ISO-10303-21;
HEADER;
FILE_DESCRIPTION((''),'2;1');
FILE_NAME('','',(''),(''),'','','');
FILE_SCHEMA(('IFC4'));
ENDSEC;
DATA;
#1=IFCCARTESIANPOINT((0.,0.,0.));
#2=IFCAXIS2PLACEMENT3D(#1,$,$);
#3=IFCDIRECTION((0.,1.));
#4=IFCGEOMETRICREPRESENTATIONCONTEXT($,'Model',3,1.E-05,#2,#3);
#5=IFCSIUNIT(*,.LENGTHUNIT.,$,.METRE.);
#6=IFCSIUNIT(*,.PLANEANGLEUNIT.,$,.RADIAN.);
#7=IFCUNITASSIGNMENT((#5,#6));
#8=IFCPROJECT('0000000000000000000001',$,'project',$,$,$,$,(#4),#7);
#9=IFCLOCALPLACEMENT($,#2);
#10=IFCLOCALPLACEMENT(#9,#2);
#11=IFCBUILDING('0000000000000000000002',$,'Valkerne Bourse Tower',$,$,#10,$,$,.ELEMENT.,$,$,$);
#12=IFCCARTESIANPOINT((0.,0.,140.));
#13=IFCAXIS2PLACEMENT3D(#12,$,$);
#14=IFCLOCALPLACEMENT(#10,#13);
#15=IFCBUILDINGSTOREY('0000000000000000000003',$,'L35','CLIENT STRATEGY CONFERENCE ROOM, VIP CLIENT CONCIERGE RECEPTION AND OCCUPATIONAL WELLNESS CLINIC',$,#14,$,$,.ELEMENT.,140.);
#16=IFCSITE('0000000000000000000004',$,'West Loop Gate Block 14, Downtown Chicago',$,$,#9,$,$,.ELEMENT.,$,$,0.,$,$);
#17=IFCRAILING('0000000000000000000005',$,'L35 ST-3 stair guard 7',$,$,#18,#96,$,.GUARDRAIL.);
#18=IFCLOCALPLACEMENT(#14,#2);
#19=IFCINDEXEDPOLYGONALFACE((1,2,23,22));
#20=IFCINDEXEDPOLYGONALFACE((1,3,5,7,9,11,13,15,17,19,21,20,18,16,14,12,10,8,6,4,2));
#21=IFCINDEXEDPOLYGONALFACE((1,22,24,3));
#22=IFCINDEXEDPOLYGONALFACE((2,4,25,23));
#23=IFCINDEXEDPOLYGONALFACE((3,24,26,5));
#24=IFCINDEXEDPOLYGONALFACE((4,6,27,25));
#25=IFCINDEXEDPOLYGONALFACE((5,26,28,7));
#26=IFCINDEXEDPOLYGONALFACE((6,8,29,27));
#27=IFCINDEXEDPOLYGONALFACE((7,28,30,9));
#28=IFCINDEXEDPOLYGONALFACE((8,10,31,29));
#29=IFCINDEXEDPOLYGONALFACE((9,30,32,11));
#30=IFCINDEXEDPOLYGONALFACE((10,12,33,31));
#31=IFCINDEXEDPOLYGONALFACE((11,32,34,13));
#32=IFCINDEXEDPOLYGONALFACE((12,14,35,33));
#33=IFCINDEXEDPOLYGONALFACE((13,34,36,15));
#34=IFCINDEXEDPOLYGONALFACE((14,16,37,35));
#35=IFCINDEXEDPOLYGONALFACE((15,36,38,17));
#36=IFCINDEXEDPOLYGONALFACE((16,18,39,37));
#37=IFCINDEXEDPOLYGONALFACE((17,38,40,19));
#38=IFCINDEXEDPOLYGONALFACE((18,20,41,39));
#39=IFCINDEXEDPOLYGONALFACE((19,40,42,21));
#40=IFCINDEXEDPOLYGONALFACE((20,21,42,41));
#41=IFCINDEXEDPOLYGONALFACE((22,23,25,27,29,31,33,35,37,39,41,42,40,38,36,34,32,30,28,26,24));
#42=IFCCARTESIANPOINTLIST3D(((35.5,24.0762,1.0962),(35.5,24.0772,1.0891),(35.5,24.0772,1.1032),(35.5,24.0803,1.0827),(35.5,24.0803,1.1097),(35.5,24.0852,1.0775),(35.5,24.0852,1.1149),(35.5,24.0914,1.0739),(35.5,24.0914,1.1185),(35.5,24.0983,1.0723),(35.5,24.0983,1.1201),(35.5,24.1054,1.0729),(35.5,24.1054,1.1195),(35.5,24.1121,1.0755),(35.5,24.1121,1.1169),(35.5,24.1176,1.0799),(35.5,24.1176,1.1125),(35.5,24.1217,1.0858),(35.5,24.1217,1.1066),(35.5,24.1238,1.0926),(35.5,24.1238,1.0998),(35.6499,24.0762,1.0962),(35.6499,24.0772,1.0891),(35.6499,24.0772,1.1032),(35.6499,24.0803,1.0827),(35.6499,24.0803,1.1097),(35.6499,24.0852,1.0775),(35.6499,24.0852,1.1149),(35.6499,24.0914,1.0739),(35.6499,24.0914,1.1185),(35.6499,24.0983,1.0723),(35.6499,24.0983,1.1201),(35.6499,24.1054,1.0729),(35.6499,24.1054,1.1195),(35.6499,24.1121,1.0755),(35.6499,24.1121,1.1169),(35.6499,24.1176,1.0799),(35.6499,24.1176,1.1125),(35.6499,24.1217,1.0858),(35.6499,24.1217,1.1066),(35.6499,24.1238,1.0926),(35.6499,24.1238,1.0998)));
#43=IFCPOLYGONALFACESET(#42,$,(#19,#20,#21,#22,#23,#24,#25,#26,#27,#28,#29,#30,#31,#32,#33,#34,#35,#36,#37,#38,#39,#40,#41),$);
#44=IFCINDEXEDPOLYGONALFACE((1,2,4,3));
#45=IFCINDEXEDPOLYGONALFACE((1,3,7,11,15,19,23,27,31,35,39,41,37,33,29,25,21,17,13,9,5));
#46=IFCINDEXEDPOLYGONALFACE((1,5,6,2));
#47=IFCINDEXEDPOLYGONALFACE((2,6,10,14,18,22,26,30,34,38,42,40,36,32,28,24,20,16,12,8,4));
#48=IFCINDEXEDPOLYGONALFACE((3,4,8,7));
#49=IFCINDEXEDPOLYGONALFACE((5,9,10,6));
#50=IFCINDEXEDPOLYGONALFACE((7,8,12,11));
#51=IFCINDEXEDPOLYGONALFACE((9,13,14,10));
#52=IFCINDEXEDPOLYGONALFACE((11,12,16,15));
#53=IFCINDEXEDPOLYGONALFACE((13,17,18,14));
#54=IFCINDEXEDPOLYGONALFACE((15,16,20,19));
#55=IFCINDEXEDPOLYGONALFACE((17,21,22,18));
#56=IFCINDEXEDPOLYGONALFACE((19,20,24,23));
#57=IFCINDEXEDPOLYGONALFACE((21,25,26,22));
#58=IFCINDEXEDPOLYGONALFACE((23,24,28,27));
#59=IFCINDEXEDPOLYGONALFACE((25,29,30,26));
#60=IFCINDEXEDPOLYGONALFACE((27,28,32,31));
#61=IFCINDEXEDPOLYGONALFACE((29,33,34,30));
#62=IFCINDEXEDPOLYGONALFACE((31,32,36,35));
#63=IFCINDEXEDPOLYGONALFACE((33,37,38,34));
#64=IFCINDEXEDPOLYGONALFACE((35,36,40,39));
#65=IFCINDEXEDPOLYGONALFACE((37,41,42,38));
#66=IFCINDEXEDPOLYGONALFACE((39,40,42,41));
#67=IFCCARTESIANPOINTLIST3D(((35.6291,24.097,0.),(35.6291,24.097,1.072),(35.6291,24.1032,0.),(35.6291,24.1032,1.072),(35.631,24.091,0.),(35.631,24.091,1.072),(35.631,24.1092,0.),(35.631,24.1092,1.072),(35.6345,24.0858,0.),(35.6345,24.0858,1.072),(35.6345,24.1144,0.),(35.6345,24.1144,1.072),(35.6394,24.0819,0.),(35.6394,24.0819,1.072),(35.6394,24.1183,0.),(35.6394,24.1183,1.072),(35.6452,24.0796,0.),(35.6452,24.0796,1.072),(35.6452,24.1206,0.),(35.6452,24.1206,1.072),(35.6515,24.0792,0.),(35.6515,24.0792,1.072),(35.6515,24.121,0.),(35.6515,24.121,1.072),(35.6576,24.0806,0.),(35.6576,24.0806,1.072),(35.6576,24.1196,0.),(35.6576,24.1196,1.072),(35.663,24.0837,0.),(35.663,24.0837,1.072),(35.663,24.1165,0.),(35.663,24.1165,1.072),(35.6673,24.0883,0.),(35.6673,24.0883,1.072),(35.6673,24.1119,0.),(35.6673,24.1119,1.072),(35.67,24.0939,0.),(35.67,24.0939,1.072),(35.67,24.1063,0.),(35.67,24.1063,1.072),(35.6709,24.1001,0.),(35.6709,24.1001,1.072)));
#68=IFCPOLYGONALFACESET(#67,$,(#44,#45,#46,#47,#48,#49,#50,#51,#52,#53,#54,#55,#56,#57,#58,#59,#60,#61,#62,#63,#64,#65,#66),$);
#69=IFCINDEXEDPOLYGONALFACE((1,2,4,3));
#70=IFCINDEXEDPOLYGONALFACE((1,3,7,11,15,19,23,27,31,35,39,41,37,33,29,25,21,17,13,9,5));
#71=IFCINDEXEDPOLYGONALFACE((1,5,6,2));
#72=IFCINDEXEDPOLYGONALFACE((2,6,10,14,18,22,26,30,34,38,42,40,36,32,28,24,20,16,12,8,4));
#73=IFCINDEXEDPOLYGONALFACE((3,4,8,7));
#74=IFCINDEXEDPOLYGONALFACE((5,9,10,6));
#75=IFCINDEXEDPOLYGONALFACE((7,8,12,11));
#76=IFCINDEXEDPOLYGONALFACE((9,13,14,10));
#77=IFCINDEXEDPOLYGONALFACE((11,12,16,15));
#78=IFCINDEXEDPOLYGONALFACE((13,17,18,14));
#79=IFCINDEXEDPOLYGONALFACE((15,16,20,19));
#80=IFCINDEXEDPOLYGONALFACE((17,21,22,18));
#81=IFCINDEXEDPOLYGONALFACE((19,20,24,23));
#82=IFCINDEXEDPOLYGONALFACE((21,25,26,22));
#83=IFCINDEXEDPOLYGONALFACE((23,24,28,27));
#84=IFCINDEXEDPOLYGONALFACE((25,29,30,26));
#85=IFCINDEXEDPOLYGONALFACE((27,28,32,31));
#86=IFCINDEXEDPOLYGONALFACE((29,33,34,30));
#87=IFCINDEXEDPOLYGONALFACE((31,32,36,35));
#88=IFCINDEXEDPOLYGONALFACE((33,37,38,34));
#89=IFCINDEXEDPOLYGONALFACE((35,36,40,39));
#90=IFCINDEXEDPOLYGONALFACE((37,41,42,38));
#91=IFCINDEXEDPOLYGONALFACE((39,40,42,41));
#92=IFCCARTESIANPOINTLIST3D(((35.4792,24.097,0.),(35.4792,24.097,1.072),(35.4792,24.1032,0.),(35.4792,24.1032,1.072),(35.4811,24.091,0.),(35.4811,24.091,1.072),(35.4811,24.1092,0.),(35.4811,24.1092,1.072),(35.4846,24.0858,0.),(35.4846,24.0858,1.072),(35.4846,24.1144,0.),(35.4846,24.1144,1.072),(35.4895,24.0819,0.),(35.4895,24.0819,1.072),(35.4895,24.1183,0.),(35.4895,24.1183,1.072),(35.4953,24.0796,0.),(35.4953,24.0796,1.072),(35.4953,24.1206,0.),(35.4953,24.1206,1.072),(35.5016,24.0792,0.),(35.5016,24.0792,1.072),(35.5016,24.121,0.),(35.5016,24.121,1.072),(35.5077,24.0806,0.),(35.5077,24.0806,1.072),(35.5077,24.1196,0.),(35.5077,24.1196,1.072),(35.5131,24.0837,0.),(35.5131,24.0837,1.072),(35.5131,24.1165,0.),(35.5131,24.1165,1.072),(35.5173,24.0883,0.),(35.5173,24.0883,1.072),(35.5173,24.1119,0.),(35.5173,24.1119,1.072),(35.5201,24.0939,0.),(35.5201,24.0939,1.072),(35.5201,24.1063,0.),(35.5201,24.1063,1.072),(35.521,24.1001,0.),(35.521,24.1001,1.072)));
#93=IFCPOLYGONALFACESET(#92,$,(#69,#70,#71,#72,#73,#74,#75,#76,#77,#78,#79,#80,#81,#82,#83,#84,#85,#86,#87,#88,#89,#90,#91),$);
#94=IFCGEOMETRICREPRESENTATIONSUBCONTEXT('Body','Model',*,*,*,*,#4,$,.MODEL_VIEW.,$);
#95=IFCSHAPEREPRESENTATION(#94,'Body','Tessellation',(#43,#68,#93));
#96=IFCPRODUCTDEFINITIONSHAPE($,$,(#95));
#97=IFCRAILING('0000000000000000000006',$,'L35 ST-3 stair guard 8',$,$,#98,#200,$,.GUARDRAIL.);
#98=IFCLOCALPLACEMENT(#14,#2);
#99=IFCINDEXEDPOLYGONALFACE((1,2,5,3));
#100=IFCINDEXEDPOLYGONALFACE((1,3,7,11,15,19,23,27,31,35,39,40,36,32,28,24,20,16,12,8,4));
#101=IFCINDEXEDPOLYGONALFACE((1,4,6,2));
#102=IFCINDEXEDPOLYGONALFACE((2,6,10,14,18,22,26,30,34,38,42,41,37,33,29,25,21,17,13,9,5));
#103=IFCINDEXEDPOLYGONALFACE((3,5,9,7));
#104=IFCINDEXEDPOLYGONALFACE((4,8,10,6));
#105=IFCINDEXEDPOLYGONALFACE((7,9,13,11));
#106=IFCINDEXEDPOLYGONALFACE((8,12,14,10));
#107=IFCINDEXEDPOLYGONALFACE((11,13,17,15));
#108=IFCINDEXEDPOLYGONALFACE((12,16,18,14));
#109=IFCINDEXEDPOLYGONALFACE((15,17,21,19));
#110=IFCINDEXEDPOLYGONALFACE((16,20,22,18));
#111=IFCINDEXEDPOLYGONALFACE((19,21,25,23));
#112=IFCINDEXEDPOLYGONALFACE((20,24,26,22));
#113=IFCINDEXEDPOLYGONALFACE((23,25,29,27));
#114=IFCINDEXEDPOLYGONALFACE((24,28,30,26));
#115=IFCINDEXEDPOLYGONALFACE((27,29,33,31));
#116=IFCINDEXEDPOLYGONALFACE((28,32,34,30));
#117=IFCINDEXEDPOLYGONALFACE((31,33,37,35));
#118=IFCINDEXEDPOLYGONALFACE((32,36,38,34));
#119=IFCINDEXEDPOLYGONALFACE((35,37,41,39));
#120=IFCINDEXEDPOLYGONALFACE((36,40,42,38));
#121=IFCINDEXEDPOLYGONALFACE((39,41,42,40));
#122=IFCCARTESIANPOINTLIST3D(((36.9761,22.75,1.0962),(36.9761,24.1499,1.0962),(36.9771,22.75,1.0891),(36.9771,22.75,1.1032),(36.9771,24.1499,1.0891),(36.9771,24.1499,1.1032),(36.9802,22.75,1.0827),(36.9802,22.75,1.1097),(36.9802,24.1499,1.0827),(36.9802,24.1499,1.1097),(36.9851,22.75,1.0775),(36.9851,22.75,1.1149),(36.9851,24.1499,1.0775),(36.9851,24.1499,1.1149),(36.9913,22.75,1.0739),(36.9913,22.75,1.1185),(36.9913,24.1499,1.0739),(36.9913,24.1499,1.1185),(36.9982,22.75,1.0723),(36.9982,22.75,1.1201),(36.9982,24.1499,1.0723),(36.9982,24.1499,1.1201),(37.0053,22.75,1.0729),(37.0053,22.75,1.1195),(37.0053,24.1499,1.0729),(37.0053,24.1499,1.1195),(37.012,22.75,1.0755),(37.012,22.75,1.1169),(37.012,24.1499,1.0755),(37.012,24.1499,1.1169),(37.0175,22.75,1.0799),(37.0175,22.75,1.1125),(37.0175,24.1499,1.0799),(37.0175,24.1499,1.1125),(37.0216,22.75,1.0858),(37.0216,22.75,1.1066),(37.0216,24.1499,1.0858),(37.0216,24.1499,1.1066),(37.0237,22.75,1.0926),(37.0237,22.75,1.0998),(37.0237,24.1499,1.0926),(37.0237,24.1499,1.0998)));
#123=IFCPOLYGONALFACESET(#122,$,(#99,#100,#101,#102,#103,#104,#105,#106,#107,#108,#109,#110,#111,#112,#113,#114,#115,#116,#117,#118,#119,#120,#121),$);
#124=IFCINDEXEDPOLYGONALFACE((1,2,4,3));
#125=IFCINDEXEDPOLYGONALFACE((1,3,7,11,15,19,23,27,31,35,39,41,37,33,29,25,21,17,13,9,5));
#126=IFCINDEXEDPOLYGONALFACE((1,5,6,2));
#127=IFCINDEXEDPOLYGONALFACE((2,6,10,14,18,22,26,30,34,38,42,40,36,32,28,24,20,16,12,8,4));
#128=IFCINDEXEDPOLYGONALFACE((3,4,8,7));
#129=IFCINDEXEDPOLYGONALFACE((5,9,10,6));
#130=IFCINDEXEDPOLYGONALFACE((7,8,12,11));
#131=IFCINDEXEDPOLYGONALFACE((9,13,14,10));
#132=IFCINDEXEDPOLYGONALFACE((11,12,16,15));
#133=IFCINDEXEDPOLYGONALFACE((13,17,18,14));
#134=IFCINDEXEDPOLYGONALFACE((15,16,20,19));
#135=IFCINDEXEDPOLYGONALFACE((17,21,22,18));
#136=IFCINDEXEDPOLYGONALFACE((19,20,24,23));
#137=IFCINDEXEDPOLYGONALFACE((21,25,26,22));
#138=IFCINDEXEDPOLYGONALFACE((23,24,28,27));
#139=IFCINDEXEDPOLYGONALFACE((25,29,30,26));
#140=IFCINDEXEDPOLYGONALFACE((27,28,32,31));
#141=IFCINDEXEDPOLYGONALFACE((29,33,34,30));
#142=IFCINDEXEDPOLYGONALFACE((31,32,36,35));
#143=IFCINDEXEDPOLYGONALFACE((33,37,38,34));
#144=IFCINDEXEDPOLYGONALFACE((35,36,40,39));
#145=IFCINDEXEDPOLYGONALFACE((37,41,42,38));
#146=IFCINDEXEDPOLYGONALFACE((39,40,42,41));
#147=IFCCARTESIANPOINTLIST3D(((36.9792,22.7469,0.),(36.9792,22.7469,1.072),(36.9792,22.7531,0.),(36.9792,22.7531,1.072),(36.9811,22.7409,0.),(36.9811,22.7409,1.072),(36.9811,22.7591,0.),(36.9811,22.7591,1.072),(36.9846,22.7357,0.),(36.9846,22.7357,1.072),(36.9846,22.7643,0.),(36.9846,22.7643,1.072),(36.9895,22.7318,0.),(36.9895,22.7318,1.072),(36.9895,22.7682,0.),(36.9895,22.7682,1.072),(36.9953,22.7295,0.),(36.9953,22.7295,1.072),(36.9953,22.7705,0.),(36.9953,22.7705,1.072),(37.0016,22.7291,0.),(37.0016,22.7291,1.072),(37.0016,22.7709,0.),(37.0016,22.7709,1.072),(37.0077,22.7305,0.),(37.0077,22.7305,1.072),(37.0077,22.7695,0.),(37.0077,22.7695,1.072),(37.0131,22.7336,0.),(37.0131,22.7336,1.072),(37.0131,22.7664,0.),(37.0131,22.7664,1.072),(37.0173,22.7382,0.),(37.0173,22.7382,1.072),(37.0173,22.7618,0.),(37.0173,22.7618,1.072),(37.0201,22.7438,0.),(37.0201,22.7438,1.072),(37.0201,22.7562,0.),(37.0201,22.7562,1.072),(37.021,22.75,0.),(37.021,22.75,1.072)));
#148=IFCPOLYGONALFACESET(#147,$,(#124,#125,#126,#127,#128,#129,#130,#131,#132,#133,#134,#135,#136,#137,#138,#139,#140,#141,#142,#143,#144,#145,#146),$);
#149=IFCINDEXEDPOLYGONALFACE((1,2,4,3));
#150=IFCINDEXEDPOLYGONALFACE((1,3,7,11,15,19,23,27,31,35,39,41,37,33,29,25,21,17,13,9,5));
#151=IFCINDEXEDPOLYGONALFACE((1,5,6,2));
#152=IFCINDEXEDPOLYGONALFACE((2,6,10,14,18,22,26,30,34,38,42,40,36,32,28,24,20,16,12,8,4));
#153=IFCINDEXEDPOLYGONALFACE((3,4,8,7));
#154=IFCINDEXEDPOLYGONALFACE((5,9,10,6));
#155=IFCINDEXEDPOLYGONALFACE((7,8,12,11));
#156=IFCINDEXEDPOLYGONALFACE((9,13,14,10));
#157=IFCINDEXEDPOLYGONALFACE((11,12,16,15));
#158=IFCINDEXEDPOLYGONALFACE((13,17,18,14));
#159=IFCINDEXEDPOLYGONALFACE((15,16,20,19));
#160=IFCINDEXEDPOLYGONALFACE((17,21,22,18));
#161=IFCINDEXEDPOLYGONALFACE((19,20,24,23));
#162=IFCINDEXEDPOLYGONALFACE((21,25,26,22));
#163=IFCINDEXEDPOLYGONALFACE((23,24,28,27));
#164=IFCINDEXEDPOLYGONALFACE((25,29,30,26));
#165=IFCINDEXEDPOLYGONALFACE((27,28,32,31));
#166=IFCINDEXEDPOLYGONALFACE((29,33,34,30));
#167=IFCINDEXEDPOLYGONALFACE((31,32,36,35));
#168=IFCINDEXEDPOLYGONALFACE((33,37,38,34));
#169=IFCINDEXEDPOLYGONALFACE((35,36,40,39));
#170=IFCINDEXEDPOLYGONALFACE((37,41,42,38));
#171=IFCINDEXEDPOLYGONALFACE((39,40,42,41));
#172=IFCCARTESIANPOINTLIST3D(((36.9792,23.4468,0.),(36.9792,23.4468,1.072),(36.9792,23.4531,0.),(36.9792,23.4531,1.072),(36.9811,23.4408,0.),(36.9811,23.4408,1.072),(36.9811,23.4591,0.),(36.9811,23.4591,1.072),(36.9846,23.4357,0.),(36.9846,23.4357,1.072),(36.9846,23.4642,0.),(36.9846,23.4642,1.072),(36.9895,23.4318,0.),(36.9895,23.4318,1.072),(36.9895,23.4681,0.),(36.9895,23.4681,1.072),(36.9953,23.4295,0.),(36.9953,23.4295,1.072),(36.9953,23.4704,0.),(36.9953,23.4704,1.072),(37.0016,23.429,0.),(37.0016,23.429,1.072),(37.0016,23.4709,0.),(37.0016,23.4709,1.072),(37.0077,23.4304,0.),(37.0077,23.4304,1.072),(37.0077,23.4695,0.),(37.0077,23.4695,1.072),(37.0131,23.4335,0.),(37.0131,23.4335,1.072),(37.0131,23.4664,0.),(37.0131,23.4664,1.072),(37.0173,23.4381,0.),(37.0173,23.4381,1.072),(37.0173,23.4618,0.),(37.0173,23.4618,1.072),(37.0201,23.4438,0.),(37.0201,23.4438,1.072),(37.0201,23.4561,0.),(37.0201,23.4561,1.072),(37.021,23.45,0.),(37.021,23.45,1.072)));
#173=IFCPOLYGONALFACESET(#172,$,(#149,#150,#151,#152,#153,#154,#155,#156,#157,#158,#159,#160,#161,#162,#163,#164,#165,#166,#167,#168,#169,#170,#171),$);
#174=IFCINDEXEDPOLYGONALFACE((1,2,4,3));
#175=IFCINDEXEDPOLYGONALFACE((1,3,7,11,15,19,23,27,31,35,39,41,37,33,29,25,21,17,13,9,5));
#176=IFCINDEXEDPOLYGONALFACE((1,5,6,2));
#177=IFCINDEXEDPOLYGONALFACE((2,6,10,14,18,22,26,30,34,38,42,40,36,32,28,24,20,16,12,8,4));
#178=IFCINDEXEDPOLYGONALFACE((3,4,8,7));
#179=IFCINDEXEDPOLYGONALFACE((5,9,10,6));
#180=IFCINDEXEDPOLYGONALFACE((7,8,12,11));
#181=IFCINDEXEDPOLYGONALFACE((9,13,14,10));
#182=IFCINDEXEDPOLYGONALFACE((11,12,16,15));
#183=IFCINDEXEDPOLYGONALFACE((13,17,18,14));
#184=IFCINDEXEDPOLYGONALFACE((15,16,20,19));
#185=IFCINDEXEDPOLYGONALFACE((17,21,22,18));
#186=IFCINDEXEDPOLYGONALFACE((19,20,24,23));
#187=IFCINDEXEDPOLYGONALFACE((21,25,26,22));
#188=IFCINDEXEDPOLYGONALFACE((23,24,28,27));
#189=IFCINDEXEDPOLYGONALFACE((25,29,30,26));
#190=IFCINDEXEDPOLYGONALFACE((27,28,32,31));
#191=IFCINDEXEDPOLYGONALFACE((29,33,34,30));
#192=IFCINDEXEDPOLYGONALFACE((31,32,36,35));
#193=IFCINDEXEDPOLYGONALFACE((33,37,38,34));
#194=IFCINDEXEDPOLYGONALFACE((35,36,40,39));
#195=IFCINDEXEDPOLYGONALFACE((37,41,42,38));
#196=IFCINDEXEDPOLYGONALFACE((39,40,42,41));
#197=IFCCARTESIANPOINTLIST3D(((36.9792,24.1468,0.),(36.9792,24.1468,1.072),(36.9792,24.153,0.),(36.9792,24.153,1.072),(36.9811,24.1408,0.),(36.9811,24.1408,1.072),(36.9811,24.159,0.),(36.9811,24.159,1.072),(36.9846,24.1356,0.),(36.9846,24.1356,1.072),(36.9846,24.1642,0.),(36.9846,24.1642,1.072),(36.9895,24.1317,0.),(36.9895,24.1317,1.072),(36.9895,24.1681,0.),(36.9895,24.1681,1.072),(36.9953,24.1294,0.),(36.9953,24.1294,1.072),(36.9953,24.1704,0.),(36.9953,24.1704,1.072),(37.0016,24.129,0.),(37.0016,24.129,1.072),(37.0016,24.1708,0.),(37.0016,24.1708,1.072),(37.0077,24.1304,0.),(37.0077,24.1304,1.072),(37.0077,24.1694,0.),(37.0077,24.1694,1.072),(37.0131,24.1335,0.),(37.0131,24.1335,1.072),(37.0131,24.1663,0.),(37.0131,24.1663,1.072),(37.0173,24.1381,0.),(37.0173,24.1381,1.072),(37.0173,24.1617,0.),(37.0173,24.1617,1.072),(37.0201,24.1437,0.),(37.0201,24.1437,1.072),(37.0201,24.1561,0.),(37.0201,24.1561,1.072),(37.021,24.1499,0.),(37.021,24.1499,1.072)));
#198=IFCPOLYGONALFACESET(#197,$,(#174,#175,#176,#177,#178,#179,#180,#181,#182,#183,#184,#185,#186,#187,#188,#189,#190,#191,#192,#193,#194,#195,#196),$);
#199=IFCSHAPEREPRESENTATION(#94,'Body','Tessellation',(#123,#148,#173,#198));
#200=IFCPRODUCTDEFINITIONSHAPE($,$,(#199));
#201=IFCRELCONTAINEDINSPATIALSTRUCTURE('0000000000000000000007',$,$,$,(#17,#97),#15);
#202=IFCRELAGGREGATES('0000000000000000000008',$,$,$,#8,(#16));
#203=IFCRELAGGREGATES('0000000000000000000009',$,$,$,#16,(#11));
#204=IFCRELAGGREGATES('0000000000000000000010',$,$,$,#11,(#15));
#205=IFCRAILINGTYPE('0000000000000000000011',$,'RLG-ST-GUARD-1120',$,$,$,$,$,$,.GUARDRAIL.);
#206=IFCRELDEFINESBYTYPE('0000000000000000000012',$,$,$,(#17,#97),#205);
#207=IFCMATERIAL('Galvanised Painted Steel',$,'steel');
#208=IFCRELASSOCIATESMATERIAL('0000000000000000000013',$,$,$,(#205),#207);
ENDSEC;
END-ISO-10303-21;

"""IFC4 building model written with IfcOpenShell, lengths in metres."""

from ifc_helpers import new_model, si_unit, direction, frame, origin, origin_2d, place, context, subcontext, project, spatial, circle, extrude, material, type_object, element, save


model = new_model("IFC4")

# Units and contexts
model_context = context("Model", 3, precision=1e-05, world=origin(), true_north=direction((0.0, 1.0)))
body_context = subcontext(model_context, "Body", "Model", "MODEL_VIEW")
ifc_project = project(units=[si_unit("LENGTHUNIT", "METRE"), si_unit("PLANEANGLEUNIT", "RADIAN")], contexts=[model_context])

# Site, building, storey
site_placement = place(None, origin())
site = spatial("IfcSite", under=ifc_project, at=site_placement, Name="West Loop Gate Block 14, Downtown Chicago", CompositionType="ELEMENT", RefElevation=0.0)
building_placement = place(site_placement, origin())
building = spatial("IfcBuilding", under=site, at=building_placement, Name="Valkerne Bourse Tower", CompositionType="ELEMENT")
storey_placement = place(building_placement, frame((0.0, 0.0, 140.0)))
storey = spatial("IfcBuildingStorey", under=building, at=storey_placement, Name="L35", Description="CLIENT STRATEGY CONFERENCE ROOM, VIP CLIENT CONCIERGE RECEPTION AND OCCUPATIONAL WELLNESS CLINIC", CompositionType="ELEMENT", Elevation=140.0)

# Railings
ifc_material_1 = material(Name="Galvanised Painted Steel", Category="steel")
railing_type_1 = type_object("IfcRailingType", Name="RLG-ST-GUARD-1120", PredefinedType="GUARDRAIL", material=ifc_material_1)
railing_1_placement = place(storey_placement, frame((35.6499, 24.1001, 0.0)))
element("IfcRailing", 1, at=railing_1_placement, inside=storey, type_object=railing_type_1, Name="L35 ST-3 stair guard 7", PredefinedType="GUARDRAIL", context=body_context, shape_type="SweptSolid", body=[
    extrude(circle(Radius=0.0239, at=origin_2d()), frame((0.0, 0.0, 1.0962), z_axis=(-1.0, 0.0, 0.0), x_axis=(0.0, -1.0, 0.0)), (0.0, 0.0, 1.0), 0.1499),
    extrude(circle(Radius=0.021, at=origin_2d()), origin(), (0.0, 0.0, 1.0), 1.072),
    extrude(circle(Radius=0.021, at=origin_2d()), frame((-0.1499, 0.0, 0.0)), (0.0, 0.0, 1.0), 1.072),
])
railing_2_placement = place(storey_placement, frame((37.0, 22.75, 0.0)))
element("IfcRailing", 2, at=railing_2_placement, inside=storey, type_object=railing_type_1, Name="L35 ST-3 stair guard 8", PredefinedType="GUARDRAIL", context=body_context, shape_type="SweptSolid", body=[
    extrude(circle(Radius=0.0239, at=origin_2d()), frame((0.0, 0.0, 1.0962), z_axis=(0.0, 1.0, 0.0), x_axis=(-1.0, 0.0, 0.0)), (0.0, 0.0, 1.0), 1.3999),
    extrude(circle(Radius=0.021, at=origin_2d()), origin(), (0.0, 0.0, 1.0), 1.072),
    extrude(circle(Radius=0.021, at=origin_2d()), frame((0.0, 0.7, 0.0)), (0.0, 0.0, 1.0), 1.072),
    extrude(circle(Radius=0.021, at=origin_2d()), frame((0.0, 1.3999, 0.0)), (0.0, 0.0, 1.0), 1.072),
])

save(model, "model.ifc")
